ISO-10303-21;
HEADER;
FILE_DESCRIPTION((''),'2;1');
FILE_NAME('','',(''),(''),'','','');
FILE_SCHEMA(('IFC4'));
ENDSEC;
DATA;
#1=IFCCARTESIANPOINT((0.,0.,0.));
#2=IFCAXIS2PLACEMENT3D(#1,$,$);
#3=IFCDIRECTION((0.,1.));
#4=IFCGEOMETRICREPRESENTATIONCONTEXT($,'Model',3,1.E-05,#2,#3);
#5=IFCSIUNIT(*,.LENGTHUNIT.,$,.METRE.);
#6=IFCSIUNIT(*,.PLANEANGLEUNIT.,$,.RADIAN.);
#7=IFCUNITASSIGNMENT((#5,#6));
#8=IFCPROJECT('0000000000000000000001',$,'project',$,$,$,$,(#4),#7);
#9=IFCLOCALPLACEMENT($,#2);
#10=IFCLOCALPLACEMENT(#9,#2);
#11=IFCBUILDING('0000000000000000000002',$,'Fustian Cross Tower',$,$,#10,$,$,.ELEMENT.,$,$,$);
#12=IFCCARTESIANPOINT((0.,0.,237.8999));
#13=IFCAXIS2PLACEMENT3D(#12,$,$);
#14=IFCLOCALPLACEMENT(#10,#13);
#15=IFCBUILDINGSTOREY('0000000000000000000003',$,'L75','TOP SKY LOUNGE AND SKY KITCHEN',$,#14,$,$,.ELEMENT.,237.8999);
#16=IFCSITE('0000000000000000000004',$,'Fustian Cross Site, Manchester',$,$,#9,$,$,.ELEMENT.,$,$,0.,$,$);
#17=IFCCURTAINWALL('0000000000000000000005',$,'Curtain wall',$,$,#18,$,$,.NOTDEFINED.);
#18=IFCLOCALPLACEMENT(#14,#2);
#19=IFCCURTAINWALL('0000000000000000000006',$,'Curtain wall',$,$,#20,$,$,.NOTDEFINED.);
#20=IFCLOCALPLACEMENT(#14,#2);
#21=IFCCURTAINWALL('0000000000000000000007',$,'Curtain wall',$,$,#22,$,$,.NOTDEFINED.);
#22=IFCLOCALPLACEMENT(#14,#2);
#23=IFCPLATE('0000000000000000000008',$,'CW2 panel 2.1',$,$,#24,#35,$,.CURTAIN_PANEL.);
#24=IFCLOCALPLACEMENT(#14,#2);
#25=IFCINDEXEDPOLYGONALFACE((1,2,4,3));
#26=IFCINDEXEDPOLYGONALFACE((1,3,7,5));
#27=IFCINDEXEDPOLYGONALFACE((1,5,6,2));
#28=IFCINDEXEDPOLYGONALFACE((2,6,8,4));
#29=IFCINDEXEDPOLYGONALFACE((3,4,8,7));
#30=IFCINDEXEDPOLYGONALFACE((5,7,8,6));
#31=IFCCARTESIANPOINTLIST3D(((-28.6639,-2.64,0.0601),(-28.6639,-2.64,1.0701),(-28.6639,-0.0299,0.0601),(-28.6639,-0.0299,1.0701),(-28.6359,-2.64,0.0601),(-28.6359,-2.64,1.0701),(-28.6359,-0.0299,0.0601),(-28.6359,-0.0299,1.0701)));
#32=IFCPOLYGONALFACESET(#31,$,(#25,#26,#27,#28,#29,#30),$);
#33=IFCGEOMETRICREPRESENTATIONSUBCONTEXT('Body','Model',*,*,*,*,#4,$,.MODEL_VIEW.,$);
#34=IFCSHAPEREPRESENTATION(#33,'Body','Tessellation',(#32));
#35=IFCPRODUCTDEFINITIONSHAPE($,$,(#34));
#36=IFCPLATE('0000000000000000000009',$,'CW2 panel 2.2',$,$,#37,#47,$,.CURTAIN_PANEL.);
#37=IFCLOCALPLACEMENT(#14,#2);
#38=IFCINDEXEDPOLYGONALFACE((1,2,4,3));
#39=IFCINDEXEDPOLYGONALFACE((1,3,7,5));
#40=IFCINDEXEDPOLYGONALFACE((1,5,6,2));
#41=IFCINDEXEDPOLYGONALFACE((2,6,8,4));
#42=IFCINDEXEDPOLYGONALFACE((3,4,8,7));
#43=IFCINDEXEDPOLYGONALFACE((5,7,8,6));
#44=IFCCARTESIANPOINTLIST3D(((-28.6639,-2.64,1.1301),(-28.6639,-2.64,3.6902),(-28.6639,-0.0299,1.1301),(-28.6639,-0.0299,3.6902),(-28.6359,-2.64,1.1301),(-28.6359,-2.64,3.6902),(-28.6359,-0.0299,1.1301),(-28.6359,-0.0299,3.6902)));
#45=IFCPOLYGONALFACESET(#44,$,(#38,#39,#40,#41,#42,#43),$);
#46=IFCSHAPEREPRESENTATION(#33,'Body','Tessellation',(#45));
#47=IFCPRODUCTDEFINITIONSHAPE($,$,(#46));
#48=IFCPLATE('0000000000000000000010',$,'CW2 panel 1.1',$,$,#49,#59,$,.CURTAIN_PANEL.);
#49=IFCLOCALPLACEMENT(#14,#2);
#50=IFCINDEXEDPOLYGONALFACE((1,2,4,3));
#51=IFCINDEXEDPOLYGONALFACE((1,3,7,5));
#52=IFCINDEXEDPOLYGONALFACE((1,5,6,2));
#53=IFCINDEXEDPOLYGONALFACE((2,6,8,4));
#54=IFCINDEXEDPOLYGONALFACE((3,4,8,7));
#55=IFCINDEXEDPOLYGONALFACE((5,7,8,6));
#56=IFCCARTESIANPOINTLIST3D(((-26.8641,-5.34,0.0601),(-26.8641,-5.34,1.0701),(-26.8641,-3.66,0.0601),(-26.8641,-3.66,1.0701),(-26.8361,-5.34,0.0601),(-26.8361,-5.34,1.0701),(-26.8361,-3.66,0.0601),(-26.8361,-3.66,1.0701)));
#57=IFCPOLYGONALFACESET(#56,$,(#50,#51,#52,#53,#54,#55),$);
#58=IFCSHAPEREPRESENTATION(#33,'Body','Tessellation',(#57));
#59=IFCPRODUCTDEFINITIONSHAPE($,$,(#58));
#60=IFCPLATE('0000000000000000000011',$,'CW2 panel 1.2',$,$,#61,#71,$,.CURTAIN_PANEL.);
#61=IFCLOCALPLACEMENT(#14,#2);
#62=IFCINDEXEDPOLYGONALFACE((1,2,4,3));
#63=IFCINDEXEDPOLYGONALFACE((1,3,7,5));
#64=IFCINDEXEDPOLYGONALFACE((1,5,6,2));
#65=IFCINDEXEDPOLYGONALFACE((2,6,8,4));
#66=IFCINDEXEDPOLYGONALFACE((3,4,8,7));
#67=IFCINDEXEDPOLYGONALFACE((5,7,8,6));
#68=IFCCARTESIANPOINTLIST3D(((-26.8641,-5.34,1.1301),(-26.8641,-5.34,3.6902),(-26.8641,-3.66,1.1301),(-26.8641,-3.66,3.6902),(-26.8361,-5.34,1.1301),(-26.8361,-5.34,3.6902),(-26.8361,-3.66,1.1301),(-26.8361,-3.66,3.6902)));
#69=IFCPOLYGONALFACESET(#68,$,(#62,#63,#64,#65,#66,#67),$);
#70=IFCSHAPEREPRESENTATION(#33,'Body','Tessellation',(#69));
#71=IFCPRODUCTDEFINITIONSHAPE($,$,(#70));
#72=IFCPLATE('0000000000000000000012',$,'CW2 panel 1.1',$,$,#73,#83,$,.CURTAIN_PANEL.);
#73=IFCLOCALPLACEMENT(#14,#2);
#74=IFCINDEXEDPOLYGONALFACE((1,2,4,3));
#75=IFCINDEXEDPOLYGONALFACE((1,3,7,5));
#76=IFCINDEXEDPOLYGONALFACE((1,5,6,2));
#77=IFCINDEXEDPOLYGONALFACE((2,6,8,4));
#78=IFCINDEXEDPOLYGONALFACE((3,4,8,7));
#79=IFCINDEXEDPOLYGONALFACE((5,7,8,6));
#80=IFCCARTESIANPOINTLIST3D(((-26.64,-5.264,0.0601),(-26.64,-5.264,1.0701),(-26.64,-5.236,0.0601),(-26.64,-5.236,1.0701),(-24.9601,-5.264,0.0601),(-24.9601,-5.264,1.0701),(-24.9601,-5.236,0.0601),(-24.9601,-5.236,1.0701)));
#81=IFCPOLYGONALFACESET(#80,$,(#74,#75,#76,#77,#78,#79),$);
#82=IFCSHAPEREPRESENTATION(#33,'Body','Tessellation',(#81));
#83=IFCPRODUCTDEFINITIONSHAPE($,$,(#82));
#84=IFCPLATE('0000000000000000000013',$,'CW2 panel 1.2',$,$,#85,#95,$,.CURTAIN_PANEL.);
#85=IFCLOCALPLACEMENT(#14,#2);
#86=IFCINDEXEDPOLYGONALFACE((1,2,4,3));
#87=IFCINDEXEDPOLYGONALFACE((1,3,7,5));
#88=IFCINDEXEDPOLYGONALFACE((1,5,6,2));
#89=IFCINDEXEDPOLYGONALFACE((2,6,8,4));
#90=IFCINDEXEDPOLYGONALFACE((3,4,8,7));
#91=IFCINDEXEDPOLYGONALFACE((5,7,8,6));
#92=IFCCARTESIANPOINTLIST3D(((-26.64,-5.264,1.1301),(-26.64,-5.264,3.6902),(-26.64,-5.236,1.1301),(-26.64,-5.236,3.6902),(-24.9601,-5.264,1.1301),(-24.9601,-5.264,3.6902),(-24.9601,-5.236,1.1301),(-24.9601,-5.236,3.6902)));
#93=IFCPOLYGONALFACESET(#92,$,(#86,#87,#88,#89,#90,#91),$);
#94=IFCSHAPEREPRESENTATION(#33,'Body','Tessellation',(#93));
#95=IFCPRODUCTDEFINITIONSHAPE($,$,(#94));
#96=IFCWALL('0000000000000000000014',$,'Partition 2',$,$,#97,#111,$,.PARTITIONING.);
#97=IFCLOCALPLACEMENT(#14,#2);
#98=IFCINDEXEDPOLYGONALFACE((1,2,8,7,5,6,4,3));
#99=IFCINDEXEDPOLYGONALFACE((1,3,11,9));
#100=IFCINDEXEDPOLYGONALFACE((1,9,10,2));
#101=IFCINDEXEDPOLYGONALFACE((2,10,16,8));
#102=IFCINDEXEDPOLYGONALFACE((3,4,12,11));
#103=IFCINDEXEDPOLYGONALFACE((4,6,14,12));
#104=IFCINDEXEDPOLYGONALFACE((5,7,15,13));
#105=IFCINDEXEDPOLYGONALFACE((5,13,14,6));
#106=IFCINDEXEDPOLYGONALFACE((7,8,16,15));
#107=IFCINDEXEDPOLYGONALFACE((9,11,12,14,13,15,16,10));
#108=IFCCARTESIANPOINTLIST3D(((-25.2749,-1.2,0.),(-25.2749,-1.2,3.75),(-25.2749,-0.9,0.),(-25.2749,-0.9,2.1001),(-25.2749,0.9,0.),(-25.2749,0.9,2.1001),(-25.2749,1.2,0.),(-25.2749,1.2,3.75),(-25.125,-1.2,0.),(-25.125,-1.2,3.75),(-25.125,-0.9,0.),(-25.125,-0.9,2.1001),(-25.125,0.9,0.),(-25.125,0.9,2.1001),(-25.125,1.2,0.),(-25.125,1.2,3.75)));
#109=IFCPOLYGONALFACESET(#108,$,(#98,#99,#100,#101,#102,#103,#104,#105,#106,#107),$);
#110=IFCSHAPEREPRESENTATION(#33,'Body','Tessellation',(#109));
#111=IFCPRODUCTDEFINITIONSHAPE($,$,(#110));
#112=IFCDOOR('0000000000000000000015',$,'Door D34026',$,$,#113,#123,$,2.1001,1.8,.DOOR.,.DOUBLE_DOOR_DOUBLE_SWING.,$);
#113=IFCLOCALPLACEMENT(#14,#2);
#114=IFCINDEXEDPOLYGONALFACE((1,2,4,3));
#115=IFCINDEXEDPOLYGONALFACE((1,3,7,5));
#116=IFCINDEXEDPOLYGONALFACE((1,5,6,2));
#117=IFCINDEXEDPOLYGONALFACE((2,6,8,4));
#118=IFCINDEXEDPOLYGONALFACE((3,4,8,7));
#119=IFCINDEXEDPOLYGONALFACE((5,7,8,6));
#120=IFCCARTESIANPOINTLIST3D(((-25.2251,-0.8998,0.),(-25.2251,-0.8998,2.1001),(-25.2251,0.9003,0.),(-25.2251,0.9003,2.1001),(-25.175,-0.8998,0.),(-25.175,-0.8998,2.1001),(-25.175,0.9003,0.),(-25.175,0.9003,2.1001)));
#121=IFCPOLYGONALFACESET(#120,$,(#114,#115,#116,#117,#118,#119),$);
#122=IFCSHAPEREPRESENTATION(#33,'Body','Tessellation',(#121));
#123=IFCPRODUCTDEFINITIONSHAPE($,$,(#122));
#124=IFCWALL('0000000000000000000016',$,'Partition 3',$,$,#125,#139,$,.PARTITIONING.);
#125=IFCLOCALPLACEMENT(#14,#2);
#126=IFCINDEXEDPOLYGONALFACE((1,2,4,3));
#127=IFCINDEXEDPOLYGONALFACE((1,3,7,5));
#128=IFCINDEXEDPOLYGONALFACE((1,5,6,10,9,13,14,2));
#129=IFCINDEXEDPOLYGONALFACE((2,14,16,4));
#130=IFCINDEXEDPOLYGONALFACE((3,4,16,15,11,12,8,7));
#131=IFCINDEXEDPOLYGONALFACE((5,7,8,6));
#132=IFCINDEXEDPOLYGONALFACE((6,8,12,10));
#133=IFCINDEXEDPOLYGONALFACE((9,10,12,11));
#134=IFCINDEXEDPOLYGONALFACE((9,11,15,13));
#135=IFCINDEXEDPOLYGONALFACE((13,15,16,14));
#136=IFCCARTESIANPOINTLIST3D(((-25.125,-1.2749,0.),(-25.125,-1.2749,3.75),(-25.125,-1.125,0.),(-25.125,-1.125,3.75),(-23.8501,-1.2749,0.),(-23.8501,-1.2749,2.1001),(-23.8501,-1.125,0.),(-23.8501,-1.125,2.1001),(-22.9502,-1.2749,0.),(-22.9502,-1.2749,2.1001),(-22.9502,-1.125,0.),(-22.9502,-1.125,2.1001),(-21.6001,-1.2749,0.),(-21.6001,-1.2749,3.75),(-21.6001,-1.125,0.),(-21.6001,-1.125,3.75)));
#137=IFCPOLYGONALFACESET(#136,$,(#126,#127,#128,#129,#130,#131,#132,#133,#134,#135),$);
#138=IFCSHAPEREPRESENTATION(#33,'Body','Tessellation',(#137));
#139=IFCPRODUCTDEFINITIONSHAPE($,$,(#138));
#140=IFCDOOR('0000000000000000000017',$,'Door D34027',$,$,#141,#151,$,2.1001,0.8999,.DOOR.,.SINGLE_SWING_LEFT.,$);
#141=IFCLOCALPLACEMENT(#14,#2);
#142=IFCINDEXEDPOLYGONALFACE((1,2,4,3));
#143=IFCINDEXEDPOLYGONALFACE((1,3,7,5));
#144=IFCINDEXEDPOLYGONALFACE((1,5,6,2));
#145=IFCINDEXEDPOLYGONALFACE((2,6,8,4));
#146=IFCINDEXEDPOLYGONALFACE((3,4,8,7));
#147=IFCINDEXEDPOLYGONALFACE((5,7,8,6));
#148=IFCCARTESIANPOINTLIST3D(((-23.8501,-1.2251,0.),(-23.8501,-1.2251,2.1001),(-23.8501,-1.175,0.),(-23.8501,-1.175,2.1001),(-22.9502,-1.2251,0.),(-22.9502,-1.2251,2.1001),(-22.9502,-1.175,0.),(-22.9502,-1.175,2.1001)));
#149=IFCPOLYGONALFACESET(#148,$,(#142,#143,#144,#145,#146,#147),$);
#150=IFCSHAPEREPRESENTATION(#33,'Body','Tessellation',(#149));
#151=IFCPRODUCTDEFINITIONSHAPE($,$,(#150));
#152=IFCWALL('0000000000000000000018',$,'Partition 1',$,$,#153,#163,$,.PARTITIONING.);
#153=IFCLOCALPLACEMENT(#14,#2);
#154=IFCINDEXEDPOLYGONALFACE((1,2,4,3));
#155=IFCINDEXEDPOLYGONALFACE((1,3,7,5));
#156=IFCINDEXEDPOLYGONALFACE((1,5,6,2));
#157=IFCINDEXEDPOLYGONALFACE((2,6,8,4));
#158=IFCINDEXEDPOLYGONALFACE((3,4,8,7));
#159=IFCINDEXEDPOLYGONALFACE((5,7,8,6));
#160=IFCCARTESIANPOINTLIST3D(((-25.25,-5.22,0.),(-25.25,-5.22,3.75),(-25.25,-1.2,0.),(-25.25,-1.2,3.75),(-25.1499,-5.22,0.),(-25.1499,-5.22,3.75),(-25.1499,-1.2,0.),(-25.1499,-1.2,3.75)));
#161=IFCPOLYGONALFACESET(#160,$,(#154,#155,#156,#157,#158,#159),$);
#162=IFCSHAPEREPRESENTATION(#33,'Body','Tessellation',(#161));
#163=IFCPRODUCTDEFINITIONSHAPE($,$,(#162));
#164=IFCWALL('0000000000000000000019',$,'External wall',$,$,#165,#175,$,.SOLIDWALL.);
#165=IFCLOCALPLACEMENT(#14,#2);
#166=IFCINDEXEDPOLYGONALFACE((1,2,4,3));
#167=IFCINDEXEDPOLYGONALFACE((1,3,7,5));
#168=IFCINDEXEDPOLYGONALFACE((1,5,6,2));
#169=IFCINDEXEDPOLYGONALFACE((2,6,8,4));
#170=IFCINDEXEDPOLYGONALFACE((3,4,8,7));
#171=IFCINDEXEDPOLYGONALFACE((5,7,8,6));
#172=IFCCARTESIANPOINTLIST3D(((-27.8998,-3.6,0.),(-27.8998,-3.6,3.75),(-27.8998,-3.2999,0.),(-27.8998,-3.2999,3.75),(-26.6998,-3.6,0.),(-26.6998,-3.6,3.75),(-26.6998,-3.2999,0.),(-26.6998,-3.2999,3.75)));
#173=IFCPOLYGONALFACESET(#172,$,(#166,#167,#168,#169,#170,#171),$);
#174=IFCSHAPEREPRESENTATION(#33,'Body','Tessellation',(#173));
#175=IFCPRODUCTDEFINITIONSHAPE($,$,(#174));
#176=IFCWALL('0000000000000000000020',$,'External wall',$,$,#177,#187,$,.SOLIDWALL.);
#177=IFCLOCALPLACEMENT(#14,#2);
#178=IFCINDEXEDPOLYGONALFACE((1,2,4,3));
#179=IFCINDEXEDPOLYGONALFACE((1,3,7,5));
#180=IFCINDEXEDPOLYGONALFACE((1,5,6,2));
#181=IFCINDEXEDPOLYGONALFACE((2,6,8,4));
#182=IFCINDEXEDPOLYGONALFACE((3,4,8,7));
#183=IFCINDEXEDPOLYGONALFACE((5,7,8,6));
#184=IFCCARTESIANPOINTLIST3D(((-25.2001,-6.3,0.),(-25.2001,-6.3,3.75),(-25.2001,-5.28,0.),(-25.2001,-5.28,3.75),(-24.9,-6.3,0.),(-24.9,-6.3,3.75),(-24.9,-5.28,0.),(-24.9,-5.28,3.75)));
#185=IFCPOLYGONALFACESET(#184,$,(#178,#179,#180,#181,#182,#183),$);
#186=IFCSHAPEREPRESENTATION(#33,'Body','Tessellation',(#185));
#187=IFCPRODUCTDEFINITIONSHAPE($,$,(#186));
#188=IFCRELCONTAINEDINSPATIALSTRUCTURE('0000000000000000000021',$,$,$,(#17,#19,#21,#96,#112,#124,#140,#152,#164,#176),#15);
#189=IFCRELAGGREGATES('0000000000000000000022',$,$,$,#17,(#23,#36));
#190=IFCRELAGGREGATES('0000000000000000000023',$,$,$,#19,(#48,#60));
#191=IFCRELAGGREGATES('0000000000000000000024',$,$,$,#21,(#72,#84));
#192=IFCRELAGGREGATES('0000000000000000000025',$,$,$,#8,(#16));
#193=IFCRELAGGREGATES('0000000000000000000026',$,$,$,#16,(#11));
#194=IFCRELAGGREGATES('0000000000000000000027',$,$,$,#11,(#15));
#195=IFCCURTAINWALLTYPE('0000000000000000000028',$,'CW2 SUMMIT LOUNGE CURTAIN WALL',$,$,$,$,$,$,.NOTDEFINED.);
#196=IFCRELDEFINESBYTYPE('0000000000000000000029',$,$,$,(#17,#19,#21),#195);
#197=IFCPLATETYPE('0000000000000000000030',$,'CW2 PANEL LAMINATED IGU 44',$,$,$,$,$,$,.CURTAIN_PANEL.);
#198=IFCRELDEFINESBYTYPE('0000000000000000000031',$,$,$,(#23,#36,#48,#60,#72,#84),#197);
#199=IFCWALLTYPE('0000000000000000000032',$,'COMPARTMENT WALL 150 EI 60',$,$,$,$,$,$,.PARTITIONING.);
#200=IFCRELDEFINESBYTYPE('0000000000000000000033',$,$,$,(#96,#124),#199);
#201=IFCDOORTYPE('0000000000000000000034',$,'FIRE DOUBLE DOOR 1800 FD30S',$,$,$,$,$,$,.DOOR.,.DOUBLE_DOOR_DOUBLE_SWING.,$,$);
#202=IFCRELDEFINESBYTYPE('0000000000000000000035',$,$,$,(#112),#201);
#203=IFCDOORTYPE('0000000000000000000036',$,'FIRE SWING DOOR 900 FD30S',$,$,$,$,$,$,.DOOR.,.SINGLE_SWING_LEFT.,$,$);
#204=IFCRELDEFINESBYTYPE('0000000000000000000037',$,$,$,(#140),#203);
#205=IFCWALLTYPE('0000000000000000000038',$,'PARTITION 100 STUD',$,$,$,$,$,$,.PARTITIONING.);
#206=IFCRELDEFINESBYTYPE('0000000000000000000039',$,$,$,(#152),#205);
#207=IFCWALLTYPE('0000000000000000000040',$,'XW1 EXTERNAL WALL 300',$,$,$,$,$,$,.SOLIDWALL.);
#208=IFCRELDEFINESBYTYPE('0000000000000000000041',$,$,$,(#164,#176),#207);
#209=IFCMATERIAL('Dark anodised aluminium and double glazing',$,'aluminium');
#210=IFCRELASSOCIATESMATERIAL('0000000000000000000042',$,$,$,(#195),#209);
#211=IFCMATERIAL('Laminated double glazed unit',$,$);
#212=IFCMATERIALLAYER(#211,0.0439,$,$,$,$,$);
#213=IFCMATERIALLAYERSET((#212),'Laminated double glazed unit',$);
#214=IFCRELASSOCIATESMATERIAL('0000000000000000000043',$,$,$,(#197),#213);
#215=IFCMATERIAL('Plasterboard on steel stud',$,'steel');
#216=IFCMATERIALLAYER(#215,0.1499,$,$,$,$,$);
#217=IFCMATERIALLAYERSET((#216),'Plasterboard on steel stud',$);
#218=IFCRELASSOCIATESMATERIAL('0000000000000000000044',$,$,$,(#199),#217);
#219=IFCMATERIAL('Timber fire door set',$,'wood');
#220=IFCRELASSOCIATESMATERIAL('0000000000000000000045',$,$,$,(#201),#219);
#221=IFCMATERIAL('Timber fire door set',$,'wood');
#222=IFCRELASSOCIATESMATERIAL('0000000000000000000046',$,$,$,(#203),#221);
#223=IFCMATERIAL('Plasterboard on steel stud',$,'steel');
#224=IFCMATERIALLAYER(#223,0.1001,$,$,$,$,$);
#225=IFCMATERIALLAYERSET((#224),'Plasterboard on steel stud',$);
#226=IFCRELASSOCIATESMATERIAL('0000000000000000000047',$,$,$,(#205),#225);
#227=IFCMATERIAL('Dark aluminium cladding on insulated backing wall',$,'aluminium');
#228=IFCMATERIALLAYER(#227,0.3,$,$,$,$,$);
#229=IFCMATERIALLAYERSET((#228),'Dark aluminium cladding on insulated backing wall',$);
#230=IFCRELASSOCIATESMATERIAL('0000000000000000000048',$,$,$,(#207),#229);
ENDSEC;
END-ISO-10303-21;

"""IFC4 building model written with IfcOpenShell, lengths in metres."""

from ifc_helpers import new_model, si_unit, direction, frame, frame_2d, origin, origin_2d, place, context, subcontext, project, spatial, rectangle, extrude, material, layer, layer_set, type_object, element, fill, aggregate, save


model = new_model("IFC4")

# Units and contexts
model_context = context("Model", 3, precision=1e-05, world=origin(), true_north=direction((0.0, 1.0)))
body_context = subcontext(model_context, "Body", "Model", "MODEL_VIEW")
ifc_project = project(units=[si_unit("LENGTHUNIT", "METRE"), si_unit("PLANEANGLEUNIT", "RADIAN")], contexts=[model_context])

# Site, building, storey
site_placement = place(None, origin())
site = spatial("IfcSite", under=ifc_project, at=site_placement, Name="Fustian Cross Site, Manchester", CompositionType="ELEMENT", RefElevation=0.0)
building_placement = place(site_placement, origin())
building = spatial("IfcBuilding", under=site, at=building_placement, Name="Fustian Cross Tower", CompositionType="ELEMENT")
storey_placement = place(building_placement, frame((0.0, 0.0, 237.8999)))
storey = spatial("IfcBuildingStorey", under=building, at=storey_placement, Name="L75", Description="TOP SKY LOUNGE AND SKY KITCHEN", CompositionType="ELEMENT", Elevation=237.8999)

# Curtain wall
ifc_material_1 = material(Name="Dark anodised aluminium and double glazing", Category="aluminium")
curtain_wall_type = type_object("IfcCurtainWallType", Name="CW2 SUMMIT LOUNGE CURTAIN WALL", PredefinedType="NOTDEFINED", material=ifc_material_1)
curtain_wall_1_placement = place(storey_placement, origin())
curtain_wall_1 = element("IfcCurtainWall", 1, at=curtain_wall_1_placement, inside=storey, type_object=curtain_wall_type, Name="Curtain wall", PredefinedType="NOTDEFINED")

# Curtain wall
curtain_wall_2_placement = place(storey_placement, origin())
curtain_wall_2 = element("IfcCurtainWall", 2, at=curtain_wall_2_placement, inside=storey, type_object=curtain_wall_type, Name="Curtain wall", PredefinedType="NOTDEFINED")

# Curtain wall
curtain_wall_3_placement = place(storey_placement, origin())
curtain_wall_3 = element("IfcCurtainWall", 3, at=curtain_wall_3_placement, inside=storey, type_object=curtain_wall_type, Name="Curtain wall", PredefinedType="NOTDEFINED")

# Plates
ifc_material_2 = material(Name="Laminated double glazed unit")
ifc_layer_1 = layer(ifc_material_2, 0.0439)
ifc_layer_set_1 = layer_set([ifc_layer_1], Name="Laminated double glazed unit")
plate_type = type_object("IfcPlateType", Name="CW2 PANEL LAMINATED IGU 44", PredefinedType="CURTAIN_PANEL", material=ifc_layer_set_1)
plate_1_placement = place(storey_placement, frame((-28.6499, -1.335, 0.0601), z_axis=(0.0, 0.0, 1.0), x_axis=(0.0, -1.0, 0.0)))
plate_1 = element("IfcPlate", 4, at=plate_1_placement, type_object=plate_type, Name="CW2 panel 2.1", PredefinedType="CURTAIN_PANEL", context=body_context, shape_type="SweptSolid", body=[
    extrude(rectangle(XDim=2.6101, YDim=0.0281, at=origin_2d()), origin(), (0.0, 0.0, 1.0), 1.01),
])
plate_2_placement = place(storey_placement, frame((-28.6499, -1.335, 1.1301), z_axis=(0.0, 0.0, 1.0), x_axis=(0.0, -1.0, 0.0)))
plate_2 = element("IfcPlate", 5, at=plate_2_placement, type_object=plate_type, Name="CW2 panel 2.2", PredefinedType="CURTAIN_PANEL", context=body_context, shape_type="SweptSolid", body=[
    extrude(rectangle(XDim=2.6101, YDim=0.0281, at=origin_2d()), origin(), (0.0, 0.0, 1.0), 2.5601),
])
aggregate(curtain_wall_1, [plate_1, plate_2])
plate_3_placement = place(storey_placement, frame((-26.8501, -4.5, 0.0601), z_axis=(0.0, 0.0, 1.0), x_axis=(0.0, -1.0, 0.0)))
plate_3 = element("IfcPlate", 6, at=plate_3_placement, type_object=plate_type, Name="CW2 panel 1.1", PredefinedType="CURTAIN_PANEL", context=body_context, shape_type="SweptSolid", body=[
    extrude(rectangle(XDim=1.6799, YDim=0.0281, at=origin_2d()), origin(), (0.0, 0.0, 1.0), 1.01),
])
plate_4_placement = place(storey_placement, frame((-26.8501, -4.5, 1.1301), z_axis=(0.0, 0.0, 1.0), x_axis=(0.0, -1.0, 0.0)))
plate_4 = element("IfcPlate", 7, at=plate_4_placement, type_object=plate_type, Name="CW2 panel 1.2", PredefinedType="CURTAIN_PANEL", context=body_context, shape_type="SweptSolid", body=[
    extrude(rectangle(XDim=1.6799, YDim=0.0281, at=origin_2d()), origin(), (0.0, 0.0, 1.0), 2.5601),
])
aggregate(curtain_wall_2, [plate_3, plate_4])
plate_5_placement = place(storey_placement, frame((-25.8, -5.25, 0.0601), z_axis=(0.0, 0.0, 1.0), x_axis=(1.0, 0.0, 0.0)))
plate_5 = element("IfcPlate", 8, at=plate_5_placement, type_object=plate_type, Name="CW2 panel 1.1", PredefinedType="CURTAIN_PANEL", context=body_context, shape_type="SweptSolid", body=[
    extrude(rectangle(XDim=1.6799, YDim=0.0281, at=origin_2d()), origin(), (0.0, 0.0, 1.0), 1.01),
])
plate_6_placement = place(storey_placement, frame((-25.8, -5.25, 1.1301), z_axis=(0.0, 0.0, 1.0), x_axis=(1.0, 0.0, 0.0)))
plate_6 = element("IfcPlate", 9, at=plate_6_placement, type_object=plate_type, Name="CW2 panel 1.2", PredefinedType="CURTAIN_PANEL", context=body_context, shape_type="SweptSolid", body=[
    extrude(rectangle(XDim=1.6799, YDim=0.0281, at=origin_2d()), origin(), (0.0, 0.0, 1.0), 2.5601),
])
aggregate(curtain_wall_3, [plate_5, plate_6])

# Walls, openings, doors
ifc_material_3 = material(Name="Plasterboard on steel stud", Category="steel")
ifc_layer_2 = layer(ifc_material_3, 0.1499)
ifc_layer_set_2 = layer_set([ifc_layer_2], Name="Plasterboard on steel stud")
wall_type_1 = type_object("IfcWallType", Name="COMPARTMENT WALL 150 EI 60", PredefinedType="PARTITIONING", material=ifc_layer_set_2)
wall_1_placement = place(storey_placement, frame((-25.2, -1.2, 0.0), z_axis=(0.0, 0.0, 1.0), x_axis=(0.0, 1.0, 0.0)))
wall_1 = element("IfcWall", 10, at=wall_1_placement, inside=storey, type_object=wall_type_1, Name="Partition 2", PredefinedType="PARTITIONING", context=body_context, shape_type="SweptSolid", body=[
    extrude(rectangle(XDim=2.3999, YDim=0.1499, at=frame_2d((1.2, 0.0))), origin(), (0.0, 0.0, 1.0), 3.75),
])
opening_1_placement = place(wall_1_placement, frame((0.3, 0.0, 0.0)))
opening_1 = element("IfcOpeningElement", 11, at=opening_1_placement, cuts=wall_1, PredefinedType="OPENING", context=body_context, shape_type="SweptSolid", body=[
    extrude(rectangle(XDim=1.8, YDim=2.1001, at=frame_2d((0.8999, 1.05))), frame((0.0, 0.085, 0.0), z_axis=(0.0, -1.0, 0.0), x_axis=(1.0, 0.0, 0.0)), (0.0, 0.0, 1.0), 0.1699),
])
ifc_material_4 = material(Name="Timber fire door set", Category="wood")
door_type_1 = type_object("IfcDoorType", Name="FIRE DOUBLE DOOR 1800 FD30S", OperationType="DOUBLE_DOOR_DOUBLE_SWING", PredefinedType="DOOR", material=ifc_material_4)
door_1_placement = place(opening_1_placement, frame((1.8, 0.0, 0.0), z_axis=(0.0, 0.0, 1.0), x_axis=(-1.0, 0.0, 0.0)))
door_1 = element("IfcDoor", 12, at=door_1_placement, inside=storey, type_object=door_type_1, Name="Door D34026", OperationType="DOUBLE_DOOR_DOUBLE_SWING", OverallHeight=2.1001, OverallWidth=1.8, PredefinedType="DOOR", context=body_context, shape_type="SweptSolid", body=[
    extrude(rectangle(XDim=1.8, YDim=2.1001, at=frame_2d((0.8999, 1.05))), frame((0.0, 0.0249, 0.0), z_axis=(0.0, -1.0, 0.0), x_axis=(1.0, 0.0, 0.0)), (0.0, 0.0, 1.0), 0.05),
])
fill(opening_1, door_1)
wall_2_placement = place(storey_placement, frame((-25.125, -1.2, 0.0), z_axis=(0.0, 0.0, 1.0), x_axis=(1.0, 0.0, 0.0)))
wall_2 = element("IfcWall", 13, at=wall_2_placement, inside=storey, type_object=wall_type_1, Name="Partition 3", PredefinedType="PARTITIONING", context=body_context, shape_type="SweptSolid", body=[
    extrude(rectangle(XDim=3.5249, YDim=0.1499, at=frame_2d((1.7625, 0.0))), origin(), (0.0, 0.0, 1.0), 3.75),
])
opening_2_placement = place(wall_2_placement, frame((1.2749, 0.0, 0.0)))
opening_2 = element("IfcOpeningElement", 14, at=opening_2_placement, cuts=wall_2, PredefinedType="OPENING", context=body_context, shape_type="SweptSolid", body=[
    extrude(rectangle(XDim=0.8999, YDim=2.1001, at=frame_2d((0.45, 1.05))), frame((0.0, 0.085, 0.0), z_axis=(0.0, -1.0, 0.0), x_axis=(1.0, 0.0, 0.0)), (0.0, 0.0, 1.0), 0.1699),
])
ifc_material_5 = material(Name="Timber fire door set", Category="wood")
door_type_2 = type_object("IfcDoorType", Name="FIRE SWING DOOR 900 FD30S", OperationType="SINGLE_SWING_LEFT", PredefinedType="DOOR", material=ifc_material_5)
door_2_placement = place(opening_2_placement, origin())
door_2 = element("IfcDoor", 15, at=door_2_placement, inside=storey, type_object=door_type_2, Name="Door D34027", OperationType="SINGLE_SWING_LEFT", OverallHeight=2.1001, OverallWidth=0.8999, PredefinedType="DOOR", context=body_context, shape_type="SweptSolid", body=[
    extrude(rectangle(XDim=0.8999, YDim=2.1001, at=frame_2d((0.45, 1.05))), frame((0.0, 0.0249, 0.0), z_axis=(0.0, -1.0, 0.0), x_axis=(1.0, 0.0, 0.0)), (0.0, 0.0, 1.0), 0.05),
])
fill(opening_2, door_2)

# Walls
ifc_material_6 = material(Name="Plasterboard on steel stud", Category="steel")
ifc_layer_3 = layer(ifc_material_6, 0.1001)
ifc_layer_set_3 = layer_set([ifc_layer_3], Name="Plasterboard on steel stud")
wall_type_2 = type_object("IfcWallType", Name="PARTITION 100 STUD", PredefinedType="PARTITIONING", material=ifc_layer_set_3)
wall_3_placement = place(storey_placement, frame((-25.2, -5.22, 0.0), z_axis=(0.0, 0.0, 1.0), x_axis=(0.0, 1.0, 0.0)))
element("IfcWall", 16, at=wall_3_placement, inside=storey, type_object=wall_type_2, Name="Partition 1", PredefinedType="PARTITIONING", context=body_context, shape_type="SweptSolid", body=[
    extrude(rectangle(XDim=4.02, YDim=0.1001, at=frame_2d((2.01, 0.0))), origin(), (0.0, 0.0, 1.0), 3.75),
])
ifc_material_7 = material(Name="Dark aluminium cladding on insulated backing wall", Category="aluminium")
ifc_layer_4 = layer(ifc_material_7, 0.3)
ifc_layer_set_4 = layer_set([ifc_layer_4], Name="Dark aluminium cladding on insulated backing wall")
wall_type_3 = type_object("IfcWallType", Name="XW1 EXTERNAL WALL 300", PredefinedType="SOLIDWALL", material=ifc_layer_set_4)
wall_4_placement = place(storey_placement, frame((-27.8999, -3.45, 0.0), z_axis=(0.0, 0.0, 1.0), x_axis=(1.0, 0.0, 0.0)))
element("IfcWall", 17, at=wall_4_placement, inside=storey, type_object=wall_type_3, Name="External wall", PredefinedType="SOLIDWALL", context=body_context, shape_type="SweptSolid", body=[
    extrude(rectangle(XDim=1.2, YDim=0.3, at=frame_2d((0.6001, 0.0))), origin(), (0.0, 0.0, 1.0), 3.75),
])
wall_5_placement = place(storey_placement, frame((-25.05, -5.28, 0.0), z_axis=(0.0, 0.0, 1.0), x_axis=(0.0, -1.0, 0.0)))
element("IfcWall", 18, at=wall_5_placement, inside=storey, type_object=wall_type_3, Name="External wall", PredefinedType="SOLIDWALL", context=body_context, shape_type="SweptSolid", body=[
    extrude(rectangle(XDim=1.02, YDim=0.3, at=frame_2d((0.51, 0.0))), origin(), (0.0, 0.0, 1.0), 3.75),
])

save(model, "model.ifc")
